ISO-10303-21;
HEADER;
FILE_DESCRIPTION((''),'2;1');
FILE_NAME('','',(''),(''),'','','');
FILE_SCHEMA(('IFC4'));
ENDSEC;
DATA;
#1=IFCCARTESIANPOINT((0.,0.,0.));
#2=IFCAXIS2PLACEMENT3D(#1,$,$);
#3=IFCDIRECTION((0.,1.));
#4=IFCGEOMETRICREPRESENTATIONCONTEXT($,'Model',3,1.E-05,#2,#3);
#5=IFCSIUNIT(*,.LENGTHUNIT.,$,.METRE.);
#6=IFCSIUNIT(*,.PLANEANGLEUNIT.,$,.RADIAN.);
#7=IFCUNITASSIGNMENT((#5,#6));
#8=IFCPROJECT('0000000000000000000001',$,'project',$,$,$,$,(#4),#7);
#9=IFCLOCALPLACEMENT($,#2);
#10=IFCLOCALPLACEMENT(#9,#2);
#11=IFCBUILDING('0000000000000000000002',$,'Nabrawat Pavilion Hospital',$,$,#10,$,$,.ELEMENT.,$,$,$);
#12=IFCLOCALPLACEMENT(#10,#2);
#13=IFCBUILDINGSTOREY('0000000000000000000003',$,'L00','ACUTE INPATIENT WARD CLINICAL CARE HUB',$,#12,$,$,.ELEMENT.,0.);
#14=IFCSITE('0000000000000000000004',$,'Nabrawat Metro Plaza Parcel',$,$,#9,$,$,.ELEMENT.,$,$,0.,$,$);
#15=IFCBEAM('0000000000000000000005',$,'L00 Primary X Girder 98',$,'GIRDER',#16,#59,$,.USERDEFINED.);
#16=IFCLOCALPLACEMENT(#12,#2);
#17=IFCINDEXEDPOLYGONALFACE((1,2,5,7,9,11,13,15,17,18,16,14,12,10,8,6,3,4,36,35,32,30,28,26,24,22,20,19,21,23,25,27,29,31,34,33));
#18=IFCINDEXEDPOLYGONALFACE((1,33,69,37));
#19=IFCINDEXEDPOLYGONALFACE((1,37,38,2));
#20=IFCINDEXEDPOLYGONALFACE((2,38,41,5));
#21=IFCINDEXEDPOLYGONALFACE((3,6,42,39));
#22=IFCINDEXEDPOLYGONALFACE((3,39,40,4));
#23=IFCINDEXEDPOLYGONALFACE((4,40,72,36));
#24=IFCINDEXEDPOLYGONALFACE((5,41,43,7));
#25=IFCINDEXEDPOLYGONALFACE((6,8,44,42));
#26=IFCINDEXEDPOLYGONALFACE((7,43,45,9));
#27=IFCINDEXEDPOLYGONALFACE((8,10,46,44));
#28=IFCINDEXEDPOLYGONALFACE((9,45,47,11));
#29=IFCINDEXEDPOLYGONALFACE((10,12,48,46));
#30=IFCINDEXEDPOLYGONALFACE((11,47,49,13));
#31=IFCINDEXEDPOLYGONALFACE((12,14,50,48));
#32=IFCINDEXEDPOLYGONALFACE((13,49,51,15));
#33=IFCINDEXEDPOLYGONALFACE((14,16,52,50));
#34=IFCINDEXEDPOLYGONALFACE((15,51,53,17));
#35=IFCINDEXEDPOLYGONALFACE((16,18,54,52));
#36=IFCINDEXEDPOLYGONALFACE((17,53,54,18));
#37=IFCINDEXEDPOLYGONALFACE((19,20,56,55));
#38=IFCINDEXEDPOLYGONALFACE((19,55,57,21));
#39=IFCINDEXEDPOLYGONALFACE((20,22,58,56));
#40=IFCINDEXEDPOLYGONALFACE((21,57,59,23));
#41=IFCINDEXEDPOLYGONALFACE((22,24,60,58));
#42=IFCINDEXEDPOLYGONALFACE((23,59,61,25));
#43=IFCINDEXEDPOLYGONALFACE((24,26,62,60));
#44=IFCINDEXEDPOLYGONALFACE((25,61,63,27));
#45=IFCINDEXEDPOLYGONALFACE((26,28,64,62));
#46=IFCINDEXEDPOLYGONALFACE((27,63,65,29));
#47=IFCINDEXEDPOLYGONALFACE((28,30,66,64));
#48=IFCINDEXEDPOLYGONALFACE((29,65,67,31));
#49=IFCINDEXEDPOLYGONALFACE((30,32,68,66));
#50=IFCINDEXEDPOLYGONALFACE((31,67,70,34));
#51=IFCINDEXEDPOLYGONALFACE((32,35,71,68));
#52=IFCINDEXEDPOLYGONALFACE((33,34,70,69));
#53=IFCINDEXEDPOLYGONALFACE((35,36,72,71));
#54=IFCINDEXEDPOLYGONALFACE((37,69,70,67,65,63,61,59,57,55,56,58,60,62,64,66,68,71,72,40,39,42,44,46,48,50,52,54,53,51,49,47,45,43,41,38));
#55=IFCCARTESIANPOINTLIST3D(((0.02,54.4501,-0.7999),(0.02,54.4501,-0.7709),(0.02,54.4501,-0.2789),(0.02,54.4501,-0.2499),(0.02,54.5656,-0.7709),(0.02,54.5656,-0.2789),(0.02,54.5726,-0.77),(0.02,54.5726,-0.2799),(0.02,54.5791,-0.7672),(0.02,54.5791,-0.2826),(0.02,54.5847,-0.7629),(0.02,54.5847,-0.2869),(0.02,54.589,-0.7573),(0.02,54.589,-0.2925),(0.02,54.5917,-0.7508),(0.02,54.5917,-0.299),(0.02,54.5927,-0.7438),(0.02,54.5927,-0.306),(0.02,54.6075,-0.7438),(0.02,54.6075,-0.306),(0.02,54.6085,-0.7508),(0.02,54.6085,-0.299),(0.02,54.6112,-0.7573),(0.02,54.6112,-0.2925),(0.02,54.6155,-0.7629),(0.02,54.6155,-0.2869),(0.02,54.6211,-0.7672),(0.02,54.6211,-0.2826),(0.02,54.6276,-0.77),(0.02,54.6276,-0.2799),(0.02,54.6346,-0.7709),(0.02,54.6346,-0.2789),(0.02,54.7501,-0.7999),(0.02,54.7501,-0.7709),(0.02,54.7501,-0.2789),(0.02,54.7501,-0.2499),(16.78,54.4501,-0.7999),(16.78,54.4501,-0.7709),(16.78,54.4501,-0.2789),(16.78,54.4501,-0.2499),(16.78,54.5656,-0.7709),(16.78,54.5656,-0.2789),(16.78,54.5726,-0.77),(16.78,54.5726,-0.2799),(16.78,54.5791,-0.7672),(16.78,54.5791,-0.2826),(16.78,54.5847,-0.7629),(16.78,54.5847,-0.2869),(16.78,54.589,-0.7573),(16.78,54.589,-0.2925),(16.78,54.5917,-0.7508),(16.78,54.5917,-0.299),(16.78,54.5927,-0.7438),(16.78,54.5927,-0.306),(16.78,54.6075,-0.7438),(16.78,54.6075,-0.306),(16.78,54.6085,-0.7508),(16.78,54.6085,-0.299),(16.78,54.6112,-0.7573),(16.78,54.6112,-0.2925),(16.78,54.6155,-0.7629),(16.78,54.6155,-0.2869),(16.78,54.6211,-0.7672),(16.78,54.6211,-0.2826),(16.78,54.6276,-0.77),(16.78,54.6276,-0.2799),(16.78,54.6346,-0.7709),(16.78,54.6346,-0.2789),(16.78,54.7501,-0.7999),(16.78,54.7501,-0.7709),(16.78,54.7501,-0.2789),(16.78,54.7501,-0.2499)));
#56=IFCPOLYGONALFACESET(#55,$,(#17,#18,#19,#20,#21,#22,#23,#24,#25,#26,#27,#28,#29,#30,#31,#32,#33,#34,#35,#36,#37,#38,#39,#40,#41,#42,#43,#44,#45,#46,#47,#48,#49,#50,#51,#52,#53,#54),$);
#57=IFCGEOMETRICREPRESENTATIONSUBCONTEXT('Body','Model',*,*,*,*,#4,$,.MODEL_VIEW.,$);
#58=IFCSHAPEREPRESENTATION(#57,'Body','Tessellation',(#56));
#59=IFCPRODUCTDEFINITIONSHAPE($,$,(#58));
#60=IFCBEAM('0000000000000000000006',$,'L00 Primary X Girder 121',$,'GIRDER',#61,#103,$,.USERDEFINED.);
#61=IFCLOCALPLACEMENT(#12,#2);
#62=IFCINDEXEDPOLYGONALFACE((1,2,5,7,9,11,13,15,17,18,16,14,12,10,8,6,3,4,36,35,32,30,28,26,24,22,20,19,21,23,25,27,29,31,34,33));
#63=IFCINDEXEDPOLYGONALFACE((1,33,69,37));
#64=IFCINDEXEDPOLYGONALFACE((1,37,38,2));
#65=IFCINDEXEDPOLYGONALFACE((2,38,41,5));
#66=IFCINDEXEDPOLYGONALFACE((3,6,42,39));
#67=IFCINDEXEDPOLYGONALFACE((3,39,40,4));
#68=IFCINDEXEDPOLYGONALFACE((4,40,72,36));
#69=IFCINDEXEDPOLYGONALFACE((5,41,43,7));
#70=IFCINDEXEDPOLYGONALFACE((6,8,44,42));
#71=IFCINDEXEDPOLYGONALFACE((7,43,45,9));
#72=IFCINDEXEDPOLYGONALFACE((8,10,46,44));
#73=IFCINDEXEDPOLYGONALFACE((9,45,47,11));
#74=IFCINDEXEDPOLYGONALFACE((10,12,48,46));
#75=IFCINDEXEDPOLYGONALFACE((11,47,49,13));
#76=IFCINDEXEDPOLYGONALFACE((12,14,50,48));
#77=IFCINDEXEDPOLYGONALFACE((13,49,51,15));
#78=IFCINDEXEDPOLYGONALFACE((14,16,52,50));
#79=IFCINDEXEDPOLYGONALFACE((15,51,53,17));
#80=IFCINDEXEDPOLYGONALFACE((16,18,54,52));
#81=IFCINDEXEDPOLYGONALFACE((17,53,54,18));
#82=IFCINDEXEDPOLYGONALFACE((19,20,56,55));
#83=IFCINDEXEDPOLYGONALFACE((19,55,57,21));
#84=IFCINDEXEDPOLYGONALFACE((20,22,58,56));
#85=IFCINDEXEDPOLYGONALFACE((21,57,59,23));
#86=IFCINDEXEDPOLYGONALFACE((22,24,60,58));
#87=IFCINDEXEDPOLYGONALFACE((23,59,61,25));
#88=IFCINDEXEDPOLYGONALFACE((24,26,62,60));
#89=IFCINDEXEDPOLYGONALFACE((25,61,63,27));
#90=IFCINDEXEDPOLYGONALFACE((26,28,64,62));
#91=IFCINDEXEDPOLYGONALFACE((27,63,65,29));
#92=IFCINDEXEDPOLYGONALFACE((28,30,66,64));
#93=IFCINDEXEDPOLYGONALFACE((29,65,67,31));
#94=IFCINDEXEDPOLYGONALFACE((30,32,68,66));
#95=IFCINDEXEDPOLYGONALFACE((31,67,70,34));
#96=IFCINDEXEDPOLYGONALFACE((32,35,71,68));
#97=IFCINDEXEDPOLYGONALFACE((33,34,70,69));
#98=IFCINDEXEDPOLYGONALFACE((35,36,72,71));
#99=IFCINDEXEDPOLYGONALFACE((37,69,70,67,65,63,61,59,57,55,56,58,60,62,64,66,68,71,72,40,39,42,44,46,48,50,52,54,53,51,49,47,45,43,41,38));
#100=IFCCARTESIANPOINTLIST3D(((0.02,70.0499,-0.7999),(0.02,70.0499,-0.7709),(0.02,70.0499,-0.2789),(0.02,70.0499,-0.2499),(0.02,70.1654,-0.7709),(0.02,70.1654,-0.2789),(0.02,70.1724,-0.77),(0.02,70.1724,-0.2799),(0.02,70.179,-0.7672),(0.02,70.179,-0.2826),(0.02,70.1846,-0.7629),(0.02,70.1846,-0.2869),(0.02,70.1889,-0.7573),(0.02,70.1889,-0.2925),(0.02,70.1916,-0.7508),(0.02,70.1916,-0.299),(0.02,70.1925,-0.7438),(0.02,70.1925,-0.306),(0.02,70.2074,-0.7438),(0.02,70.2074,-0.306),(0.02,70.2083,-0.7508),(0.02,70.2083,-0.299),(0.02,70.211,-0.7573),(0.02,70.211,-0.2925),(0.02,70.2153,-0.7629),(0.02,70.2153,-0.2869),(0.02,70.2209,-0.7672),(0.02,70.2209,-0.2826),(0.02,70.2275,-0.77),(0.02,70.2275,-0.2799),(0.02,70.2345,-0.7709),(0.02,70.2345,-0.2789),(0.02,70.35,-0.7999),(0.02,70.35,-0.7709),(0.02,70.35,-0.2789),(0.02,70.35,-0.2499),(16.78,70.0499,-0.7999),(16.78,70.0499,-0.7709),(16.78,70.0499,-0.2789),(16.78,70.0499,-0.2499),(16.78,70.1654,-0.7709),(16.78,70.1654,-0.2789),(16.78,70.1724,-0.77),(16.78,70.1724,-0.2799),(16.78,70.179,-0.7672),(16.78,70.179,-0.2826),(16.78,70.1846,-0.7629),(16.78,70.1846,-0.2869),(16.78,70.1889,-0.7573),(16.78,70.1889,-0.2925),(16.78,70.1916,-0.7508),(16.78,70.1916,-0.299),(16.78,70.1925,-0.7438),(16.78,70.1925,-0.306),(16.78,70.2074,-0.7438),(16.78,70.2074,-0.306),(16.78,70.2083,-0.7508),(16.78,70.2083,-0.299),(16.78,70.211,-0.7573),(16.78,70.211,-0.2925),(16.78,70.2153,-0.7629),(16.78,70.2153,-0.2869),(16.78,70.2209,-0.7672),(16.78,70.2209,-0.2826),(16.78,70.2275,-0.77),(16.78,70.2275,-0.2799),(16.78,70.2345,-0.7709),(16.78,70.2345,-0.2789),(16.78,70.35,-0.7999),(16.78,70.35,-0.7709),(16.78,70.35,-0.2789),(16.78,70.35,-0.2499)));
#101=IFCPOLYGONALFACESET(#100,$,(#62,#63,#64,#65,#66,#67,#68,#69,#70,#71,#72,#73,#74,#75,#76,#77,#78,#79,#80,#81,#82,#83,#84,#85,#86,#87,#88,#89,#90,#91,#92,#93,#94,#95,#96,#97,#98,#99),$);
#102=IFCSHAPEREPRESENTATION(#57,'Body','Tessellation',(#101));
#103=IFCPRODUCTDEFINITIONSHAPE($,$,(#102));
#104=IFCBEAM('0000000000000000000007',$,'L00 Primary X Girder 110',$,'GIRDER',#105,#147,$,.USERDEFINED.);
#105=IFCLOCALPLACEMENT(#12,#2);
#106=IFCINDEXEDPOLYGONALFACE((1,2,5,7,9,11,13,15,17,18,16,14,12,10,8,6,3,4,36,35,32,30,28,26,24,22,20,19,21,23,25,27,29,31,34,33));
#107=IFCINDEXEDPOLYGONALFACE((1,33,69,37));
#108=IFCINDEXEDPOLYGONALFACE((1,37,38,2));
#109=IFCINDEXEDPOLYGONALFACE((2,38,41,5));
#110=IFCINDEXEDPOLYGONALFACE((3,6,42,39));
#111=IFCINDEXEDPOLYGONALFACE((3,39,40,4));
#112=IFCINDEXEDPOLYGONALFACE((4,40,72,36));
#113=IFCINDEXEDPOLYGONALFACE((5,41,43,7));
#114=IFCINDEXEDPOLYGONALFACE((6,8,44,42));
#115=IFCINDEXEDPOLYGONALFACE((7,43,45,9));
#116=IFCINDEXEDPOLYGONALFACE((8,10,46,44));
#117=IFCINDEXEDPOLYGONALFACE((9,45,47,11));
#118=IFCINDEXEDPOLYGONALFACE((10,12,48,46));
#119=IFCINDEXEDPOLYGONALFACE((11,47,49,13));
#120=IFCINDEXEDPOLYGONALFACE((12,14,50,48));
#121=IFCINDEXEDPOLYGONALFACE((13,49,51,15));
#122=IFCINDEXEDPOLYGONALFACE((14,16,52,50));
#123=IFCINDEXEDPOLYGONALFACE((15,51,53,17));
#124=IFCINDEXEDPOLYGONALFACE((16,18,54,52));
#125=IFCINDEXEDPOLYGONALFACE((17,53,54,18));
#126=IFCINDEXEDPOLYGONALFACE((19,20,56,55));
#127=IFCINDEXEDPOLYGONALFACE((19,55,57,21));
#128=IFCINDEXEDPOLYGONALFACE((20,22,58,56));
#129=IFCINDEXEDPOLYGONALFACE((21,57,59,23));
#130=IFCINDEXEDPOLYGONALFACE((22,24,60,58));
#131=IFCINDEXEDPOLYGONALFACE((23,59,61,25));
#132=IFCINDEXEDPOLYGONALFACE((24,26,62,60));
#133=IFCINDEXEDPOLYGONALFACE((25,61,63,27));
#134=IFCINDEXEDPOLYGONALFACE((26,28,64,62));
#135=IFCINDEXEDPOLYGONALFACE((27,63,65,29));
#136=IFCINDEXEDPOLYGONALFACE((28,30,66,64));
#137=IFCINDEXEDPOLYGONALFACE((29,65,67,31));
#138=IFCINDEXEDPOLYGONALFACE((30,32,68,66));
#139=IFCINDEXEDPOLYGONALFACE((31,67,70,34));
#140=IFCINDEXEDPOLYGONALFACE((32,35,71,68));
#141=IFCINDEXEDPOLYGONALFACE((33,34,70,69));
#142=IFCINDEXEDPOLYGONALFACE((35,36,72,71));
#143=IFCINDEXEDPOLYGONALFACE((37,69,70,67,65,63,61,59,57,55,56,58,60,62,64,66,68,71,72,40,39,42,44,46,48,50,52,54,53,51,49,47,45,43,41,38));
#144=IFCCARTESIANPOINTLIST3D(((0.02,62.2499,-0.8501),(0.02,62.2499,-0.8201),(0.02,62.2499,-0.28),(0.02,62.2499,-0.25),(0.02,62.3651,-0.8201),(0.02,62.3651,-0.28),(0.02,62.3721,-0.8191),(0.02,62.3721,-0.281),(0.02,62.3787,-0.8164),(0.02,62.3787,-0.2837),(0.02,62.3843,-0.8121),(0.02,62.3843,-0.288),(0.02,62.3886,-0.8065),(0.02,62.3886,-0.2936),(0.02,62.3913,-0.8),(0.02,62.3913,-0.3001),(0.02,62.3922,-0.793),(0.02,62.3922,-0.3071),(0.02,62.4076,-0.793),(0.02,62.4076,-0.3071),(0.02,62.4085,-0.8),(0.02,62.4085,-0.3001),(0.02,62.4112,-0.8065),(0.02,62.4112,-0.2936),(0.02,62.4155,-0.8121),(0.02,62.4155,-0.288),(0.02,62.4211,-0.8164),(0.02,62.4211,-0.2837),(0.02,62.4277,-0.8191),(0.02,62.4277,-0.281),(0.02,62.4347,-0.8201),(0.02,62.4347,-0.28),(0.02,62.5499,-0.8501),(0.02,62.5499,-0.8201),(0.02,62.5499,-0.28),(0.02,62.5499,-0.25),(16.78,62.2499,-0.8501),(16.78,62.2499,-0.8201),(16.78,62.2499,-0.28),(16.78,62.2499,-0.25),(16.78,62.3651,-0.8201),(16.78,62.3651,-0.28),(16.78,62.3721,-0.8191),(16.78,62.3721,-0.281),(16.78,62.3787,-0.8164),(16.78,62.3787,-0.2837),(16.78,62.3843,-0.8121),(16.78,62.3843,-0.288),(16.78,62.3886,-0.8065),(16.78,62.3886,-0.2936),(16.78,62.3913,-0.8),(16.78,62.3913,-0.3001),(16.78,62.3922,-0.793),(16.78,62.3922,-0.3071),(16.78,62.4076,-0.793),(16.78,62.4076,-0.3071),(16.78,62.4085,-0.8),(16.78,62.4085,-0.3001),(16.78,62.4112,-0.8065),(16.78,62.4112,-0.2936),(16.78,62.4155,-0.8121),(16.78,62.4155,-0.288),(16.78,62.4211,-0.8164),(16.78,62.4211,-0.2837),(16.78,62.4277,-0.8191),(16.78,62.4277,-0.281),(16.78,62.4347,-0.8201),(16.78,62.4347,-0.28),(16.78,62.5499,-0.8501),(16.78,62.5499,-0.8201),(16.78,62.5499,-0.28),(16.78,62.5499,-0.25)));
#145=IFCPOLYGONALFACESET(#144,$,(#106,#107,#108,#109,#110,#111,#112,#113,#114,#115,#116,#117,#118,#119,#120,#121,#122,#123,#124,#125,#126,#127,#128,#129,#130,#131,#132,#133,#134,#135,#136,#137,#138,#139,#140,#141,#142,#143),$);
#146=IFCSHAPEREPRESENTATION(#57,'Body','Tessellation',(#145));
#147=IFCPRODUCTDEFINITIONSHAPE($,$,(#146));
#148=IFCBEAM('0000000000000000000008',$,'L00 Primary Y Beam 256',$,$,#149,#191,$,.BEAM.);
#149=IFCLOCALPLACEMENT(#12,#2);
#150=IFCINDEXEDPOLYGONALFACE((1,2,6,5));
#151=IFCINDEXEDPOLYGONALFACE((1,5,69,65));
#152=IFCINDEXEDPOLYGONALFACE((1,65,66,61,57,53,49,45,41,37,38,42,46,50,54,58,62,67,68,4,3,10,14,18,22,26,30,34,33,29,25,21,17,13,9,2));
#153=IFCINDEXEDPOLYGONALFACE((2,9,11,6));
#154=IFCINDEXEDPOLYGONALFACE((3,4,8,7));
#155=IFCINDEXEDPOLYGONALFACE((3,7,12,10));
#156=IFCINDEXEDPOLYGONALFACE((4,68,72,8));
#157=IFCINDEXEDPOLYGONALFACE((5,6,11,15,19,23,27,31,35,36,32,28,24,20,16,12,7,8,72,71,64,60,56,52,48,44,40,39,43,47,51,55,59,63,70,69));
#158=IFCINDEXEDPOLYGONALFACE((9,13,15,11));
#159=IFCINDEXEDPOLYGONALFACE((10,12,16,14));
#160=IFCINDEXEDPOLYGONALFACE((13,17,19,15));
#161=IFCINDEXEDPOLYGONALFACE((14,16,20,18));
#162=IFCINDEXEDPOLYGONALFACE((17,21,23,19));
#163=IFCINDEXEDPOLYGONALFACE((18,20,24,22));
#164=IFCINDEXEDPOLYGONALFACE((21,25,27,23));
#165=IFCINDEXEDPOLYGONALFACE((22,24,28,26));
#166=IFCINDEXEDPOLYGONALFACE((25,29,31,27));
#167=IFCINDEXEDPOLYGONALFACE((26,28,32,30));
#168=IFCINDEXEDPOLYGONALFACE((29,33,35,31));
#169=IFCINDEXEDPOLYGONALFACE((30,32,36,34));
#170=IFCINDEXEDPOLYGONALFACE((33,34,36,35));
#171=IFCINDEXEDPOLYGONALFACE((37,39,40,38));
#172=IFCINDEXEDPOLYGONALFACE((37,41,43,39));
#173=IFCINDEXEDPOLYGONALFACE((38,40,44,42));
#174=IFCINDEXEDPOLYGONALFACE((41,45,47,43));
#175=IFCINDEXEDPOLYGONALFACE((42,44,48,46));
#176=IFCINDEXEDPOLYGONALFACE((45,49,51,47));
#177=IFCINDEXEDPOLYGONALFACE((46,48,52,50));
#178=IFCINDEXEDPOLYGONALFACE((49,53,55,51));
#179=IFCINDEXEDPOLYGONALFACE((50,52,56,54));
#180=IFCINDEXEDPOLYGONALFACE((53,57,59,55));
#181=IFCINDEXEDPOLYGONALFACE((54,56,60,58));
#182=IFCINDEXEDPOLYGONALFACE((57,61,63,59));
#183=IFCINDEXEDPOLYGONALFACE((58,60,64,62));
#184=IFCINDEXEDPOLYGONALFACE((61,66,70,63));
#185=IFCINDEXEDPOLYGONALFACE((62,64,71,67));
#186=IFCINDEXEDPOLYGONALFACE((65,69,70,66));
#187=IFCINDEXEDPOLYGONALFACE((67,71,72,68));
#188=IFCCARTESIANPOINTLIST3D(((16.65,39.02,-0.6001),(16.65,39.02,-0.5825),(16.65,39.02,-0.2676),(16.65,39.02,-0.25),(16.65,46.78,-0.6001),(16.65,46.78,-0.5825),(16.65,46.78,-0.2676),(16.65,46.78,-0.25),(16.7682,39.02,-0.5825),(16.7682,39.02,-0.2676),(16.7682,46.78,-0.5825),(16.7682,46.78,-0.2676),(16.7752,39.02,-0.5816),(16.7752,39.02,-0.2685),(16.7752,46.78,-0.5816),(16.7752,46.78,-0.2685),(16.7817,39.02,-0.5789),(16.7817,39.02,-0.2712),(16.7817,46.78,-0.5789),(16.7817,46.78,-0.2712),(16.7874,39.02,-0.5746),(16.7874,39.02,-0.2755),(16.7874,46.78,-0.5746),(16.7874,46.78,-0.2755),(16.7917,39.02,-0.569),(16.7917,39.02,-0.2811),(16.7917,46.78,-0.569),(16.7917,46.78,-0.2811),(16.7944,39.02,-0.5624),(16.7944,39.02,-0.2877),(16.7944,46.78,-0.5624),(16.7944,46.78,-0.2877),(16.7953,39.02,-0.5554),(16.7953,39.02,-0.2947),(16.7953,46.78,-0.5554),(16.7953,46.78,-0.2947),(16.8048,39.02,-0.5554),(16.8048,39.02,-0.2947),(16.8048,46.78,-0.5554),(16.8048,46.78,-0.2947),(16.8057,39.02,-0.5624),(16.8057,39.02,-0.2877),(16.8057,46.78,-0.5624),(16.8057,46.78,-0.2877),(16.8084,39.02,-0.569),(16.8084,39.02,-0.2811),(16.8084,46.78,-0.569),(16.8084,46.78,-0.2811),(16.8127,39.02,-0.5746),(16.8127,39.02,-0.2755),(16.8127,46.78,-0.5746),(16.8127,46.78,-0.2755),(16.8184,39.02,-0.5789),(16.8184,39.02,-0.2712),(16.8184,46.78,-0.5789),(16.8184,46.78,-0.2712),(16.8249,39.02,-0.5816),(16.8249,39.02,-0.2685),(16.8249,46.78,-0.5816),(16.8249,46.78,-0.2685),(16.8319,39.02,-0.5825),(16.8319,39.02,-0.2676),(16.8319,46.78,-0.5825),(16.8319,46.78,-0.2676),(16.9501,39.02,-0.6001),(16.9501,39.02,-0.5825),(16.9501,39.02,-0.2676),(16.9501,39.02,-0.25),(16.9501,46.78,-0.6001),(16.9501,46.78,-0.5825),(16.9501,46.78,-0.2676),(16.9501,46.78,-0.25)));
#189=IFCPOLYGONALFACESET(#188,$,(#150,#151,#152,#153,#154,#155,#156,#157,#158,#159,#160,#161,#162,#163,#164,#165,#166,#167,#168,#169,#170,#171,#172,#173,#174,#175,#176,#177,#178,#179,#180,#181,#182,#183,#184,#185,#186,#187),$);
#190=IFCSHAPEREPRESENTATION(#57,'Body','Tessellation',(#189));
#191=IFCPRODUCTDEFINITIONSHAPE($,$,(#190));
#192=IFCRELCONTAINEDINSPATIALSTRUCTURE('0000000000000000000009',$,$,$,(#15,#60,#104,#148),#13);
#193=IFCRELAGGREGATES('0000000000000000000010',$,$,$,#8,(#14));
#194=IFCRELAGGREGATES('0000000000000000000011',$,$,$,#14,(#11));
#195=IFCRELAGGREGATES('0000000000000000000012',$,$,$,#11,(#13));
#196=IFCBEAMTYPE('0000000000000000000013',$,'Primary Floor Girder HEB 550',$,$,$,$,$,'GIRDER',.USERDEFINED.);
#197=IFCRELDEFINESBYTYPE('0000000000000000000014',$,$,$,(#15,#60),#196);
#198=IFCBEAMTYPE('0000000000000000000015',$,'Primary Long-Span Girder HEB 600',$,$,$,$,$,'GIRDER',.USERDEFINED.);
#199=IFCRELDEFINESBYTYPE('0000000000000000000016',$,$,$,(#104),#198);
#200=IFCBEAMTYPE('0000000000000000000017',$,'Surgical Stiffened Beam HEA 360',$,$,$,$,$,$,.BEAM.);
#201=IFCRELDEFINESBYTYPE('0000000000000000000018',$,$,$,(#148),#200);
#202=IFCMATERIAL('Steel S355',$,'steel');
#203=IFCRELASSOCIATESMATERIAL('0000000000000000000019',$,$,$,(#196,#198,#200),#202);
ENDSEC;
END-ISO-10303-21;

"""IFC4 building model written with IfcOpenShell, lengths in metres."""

from ifc_helpers import new_model, si_unit, direction, frame, origin, origin_2d, place, context, subcontext, project, spatial, i_section, extrude, material, material_profile, profile_set, type_object, element, save


model = new_model("IFC4")

# Units and contexts
model_context = context("Model", 3, precision=1e-05, world=origin(), true_north=direction((0.0, 1.0)))
body_context = subcontext(model_context, "Body", "Model", "MODEL_VIEW")
ifc_project = project(units=[si_unit("LENGTHUNIT", "METRE"), si_unit("PLANEANGLEUNIT", "RADIAN")], contexts=[model_context])

# Site, building, storey
site_placement = place(None, origin())
site = spatial("IfcSite", under=ifc_project, at=site_placement, Name="Nabrawat Metro Plaza Parcel", CompositionType="ELEMENT", RefElevation=0.0)
building_placement = place(site_placement, origin())
building = spatial("IfcBuilding", under=site, at=building_placement, Name="Nabrawat Pavilion Hospital", CompositionType="ELEMENT")
storey_placement = place(building_placement, origin())
storey = spatial("IfcBuildingStorey", under=building, at=storey_placement, Name="L00", Description="ACUTE INPATIENT WARD CLINICAL CARE HUB", CompositionType="ELEMENT", Elevation=0.0)

# Shared definitions
ifc_material_1 = material(Name="Steel S355", Category="steel")

# Beams
ifc_material_profile_1 = material_profile(ifc_material_1, i_section(OverallWidth=0.3, OverallDepth=0.55, WebThickness=0.0149, FlangeThickness=0.0291, FilletRadius=0.0271, at=origin_2d()), Name="HEB 550")
ifc_profile_set_1 = profile_set([ifc_material_profile_1], Name="Steel S355")
beam_type_1 = type_object("IfcBeamType", Name="Primary Floor Girder HEB 550", ElementType="GIRDER", PredefinedType="USERDEFINED", material=ifc_profile_set_1)
for number, where, z_axis, x_axis, name in (
    (1, (0.02, 54.6001, -0.5249), (1.0, 0.0, 0.0), (0.0, 1.0, 0.0), "L00 Primary X Girder 98"),
    (2, (0.02, 70.2, -0.5249), (1.0, 0.0, 0.0), (0.0, 1.0, 0.0), "L00 Primary X Girder 121"),
):
    element("IfcBeam", number, at=place(storey_placement, frame(where, z_axis=z_axis, x_axis=x_axis)), inside=storey, type_object=beam_type_1, Name=name, ObjectType="GIRDER", PredefinedType="USERDEFINED", context=body_context, shape_type="SweptSolid", body=[
        extrude(i_section(OverallWidth=0.3, OverallDepth=0.55, WebThickness=0.0149, FlangeThickness=0.0291, FilletRadius=0.0271, at=origin_2d()), origin(), (0.0, 0.0, 1.0), 16.76),
    ])
ifc_material_profile_2 = material_profile(ifc_material_1, i_section(OverallWidth=0.3, OverallDepth=0.6001, WebThickness=0.0154, FlangeThickness=0.03, FilletRadius=0.0271, at=origin_2d()), Name="HEB 600")
ifc_profile_set_2 = profile_set([ifc_material_profile_2], Name="Steel S355")
beam_type_2 = type_object("IfcBeamType", Name="Primary Long-Span Girder HEB 600", ElementType="GIRDER", PredefinedType="USERDEFINED", material=ifc_profile_set_2)
beam_1_placement = place(storey_placement, frame((0.02, 62.3999, -0.55), z_axis=(1.0, 0.0, 0.0), x_axis=(0.0, 1.0, 0.0)))
element("IfcBeam", 3, at=beam_1_placement, inside=storey, type_object=beam_type_2, Name="L00 Primary X Girder 110", ObjectType="GIRDER", PredefinedType="USERDEFINED", context=body_context, shape_type="SweptSolid", body=[
    extrude(i_section(OverallWidth=0.3, OverallDepth=0.6001, WebThickness=0.0154, FlangeThickness=0.03, FilletRadius=0.0271, at=origin_2d()), origin(), (0.0, 0.0, 1.0), 16.76),
])
ifc_material_profile_3 = material_profile(ifc_material_1, i_section(OverallWidth=0.3, OverallDepth=0.3501, WebThickness=0.0095, FlangeThickness=0.0176, FilletRadius=0.0271, at=origin_2d()), Name="HEA 360")
ifc_profile_set_3 = profile_set([ifc_material_profile_3], Name="Steel S355")
beam_type_3 = type_object("IfcBeamType", Name="Surgical Stiffened Beam HEA 360", PredefinedType="BEAM", material=ifc_profile_set_3)
for number, where, z_axis, x_axis, name in (
    (4, (16.8, 39.02, -0.425), (0.0, 1.0, 0.0), (-1.0, 0.0, 0.0), "L00 Primary Y Beam 256"),
):
    element("IfcBeam", number, at=place(storey_placement, frame(where, z_axis=z_axis, x_axis=x_axis)), inside=storey, type_object=beam_type_3, Name=name, PredefinedType="BEAM", context=body_context, shape_type="SweptSolid", body=[
        extrude(i_section(OverallWidth=0.3, OverallDepth=0.3501, WebThickness=0.0095, FlangeThickness=0.0176, FilletRadius=0.0271, at=origin_2d()), origin(), (0.0, 0.0, 1.0), 7.76),
    ])

save(model, "model.ifc")
